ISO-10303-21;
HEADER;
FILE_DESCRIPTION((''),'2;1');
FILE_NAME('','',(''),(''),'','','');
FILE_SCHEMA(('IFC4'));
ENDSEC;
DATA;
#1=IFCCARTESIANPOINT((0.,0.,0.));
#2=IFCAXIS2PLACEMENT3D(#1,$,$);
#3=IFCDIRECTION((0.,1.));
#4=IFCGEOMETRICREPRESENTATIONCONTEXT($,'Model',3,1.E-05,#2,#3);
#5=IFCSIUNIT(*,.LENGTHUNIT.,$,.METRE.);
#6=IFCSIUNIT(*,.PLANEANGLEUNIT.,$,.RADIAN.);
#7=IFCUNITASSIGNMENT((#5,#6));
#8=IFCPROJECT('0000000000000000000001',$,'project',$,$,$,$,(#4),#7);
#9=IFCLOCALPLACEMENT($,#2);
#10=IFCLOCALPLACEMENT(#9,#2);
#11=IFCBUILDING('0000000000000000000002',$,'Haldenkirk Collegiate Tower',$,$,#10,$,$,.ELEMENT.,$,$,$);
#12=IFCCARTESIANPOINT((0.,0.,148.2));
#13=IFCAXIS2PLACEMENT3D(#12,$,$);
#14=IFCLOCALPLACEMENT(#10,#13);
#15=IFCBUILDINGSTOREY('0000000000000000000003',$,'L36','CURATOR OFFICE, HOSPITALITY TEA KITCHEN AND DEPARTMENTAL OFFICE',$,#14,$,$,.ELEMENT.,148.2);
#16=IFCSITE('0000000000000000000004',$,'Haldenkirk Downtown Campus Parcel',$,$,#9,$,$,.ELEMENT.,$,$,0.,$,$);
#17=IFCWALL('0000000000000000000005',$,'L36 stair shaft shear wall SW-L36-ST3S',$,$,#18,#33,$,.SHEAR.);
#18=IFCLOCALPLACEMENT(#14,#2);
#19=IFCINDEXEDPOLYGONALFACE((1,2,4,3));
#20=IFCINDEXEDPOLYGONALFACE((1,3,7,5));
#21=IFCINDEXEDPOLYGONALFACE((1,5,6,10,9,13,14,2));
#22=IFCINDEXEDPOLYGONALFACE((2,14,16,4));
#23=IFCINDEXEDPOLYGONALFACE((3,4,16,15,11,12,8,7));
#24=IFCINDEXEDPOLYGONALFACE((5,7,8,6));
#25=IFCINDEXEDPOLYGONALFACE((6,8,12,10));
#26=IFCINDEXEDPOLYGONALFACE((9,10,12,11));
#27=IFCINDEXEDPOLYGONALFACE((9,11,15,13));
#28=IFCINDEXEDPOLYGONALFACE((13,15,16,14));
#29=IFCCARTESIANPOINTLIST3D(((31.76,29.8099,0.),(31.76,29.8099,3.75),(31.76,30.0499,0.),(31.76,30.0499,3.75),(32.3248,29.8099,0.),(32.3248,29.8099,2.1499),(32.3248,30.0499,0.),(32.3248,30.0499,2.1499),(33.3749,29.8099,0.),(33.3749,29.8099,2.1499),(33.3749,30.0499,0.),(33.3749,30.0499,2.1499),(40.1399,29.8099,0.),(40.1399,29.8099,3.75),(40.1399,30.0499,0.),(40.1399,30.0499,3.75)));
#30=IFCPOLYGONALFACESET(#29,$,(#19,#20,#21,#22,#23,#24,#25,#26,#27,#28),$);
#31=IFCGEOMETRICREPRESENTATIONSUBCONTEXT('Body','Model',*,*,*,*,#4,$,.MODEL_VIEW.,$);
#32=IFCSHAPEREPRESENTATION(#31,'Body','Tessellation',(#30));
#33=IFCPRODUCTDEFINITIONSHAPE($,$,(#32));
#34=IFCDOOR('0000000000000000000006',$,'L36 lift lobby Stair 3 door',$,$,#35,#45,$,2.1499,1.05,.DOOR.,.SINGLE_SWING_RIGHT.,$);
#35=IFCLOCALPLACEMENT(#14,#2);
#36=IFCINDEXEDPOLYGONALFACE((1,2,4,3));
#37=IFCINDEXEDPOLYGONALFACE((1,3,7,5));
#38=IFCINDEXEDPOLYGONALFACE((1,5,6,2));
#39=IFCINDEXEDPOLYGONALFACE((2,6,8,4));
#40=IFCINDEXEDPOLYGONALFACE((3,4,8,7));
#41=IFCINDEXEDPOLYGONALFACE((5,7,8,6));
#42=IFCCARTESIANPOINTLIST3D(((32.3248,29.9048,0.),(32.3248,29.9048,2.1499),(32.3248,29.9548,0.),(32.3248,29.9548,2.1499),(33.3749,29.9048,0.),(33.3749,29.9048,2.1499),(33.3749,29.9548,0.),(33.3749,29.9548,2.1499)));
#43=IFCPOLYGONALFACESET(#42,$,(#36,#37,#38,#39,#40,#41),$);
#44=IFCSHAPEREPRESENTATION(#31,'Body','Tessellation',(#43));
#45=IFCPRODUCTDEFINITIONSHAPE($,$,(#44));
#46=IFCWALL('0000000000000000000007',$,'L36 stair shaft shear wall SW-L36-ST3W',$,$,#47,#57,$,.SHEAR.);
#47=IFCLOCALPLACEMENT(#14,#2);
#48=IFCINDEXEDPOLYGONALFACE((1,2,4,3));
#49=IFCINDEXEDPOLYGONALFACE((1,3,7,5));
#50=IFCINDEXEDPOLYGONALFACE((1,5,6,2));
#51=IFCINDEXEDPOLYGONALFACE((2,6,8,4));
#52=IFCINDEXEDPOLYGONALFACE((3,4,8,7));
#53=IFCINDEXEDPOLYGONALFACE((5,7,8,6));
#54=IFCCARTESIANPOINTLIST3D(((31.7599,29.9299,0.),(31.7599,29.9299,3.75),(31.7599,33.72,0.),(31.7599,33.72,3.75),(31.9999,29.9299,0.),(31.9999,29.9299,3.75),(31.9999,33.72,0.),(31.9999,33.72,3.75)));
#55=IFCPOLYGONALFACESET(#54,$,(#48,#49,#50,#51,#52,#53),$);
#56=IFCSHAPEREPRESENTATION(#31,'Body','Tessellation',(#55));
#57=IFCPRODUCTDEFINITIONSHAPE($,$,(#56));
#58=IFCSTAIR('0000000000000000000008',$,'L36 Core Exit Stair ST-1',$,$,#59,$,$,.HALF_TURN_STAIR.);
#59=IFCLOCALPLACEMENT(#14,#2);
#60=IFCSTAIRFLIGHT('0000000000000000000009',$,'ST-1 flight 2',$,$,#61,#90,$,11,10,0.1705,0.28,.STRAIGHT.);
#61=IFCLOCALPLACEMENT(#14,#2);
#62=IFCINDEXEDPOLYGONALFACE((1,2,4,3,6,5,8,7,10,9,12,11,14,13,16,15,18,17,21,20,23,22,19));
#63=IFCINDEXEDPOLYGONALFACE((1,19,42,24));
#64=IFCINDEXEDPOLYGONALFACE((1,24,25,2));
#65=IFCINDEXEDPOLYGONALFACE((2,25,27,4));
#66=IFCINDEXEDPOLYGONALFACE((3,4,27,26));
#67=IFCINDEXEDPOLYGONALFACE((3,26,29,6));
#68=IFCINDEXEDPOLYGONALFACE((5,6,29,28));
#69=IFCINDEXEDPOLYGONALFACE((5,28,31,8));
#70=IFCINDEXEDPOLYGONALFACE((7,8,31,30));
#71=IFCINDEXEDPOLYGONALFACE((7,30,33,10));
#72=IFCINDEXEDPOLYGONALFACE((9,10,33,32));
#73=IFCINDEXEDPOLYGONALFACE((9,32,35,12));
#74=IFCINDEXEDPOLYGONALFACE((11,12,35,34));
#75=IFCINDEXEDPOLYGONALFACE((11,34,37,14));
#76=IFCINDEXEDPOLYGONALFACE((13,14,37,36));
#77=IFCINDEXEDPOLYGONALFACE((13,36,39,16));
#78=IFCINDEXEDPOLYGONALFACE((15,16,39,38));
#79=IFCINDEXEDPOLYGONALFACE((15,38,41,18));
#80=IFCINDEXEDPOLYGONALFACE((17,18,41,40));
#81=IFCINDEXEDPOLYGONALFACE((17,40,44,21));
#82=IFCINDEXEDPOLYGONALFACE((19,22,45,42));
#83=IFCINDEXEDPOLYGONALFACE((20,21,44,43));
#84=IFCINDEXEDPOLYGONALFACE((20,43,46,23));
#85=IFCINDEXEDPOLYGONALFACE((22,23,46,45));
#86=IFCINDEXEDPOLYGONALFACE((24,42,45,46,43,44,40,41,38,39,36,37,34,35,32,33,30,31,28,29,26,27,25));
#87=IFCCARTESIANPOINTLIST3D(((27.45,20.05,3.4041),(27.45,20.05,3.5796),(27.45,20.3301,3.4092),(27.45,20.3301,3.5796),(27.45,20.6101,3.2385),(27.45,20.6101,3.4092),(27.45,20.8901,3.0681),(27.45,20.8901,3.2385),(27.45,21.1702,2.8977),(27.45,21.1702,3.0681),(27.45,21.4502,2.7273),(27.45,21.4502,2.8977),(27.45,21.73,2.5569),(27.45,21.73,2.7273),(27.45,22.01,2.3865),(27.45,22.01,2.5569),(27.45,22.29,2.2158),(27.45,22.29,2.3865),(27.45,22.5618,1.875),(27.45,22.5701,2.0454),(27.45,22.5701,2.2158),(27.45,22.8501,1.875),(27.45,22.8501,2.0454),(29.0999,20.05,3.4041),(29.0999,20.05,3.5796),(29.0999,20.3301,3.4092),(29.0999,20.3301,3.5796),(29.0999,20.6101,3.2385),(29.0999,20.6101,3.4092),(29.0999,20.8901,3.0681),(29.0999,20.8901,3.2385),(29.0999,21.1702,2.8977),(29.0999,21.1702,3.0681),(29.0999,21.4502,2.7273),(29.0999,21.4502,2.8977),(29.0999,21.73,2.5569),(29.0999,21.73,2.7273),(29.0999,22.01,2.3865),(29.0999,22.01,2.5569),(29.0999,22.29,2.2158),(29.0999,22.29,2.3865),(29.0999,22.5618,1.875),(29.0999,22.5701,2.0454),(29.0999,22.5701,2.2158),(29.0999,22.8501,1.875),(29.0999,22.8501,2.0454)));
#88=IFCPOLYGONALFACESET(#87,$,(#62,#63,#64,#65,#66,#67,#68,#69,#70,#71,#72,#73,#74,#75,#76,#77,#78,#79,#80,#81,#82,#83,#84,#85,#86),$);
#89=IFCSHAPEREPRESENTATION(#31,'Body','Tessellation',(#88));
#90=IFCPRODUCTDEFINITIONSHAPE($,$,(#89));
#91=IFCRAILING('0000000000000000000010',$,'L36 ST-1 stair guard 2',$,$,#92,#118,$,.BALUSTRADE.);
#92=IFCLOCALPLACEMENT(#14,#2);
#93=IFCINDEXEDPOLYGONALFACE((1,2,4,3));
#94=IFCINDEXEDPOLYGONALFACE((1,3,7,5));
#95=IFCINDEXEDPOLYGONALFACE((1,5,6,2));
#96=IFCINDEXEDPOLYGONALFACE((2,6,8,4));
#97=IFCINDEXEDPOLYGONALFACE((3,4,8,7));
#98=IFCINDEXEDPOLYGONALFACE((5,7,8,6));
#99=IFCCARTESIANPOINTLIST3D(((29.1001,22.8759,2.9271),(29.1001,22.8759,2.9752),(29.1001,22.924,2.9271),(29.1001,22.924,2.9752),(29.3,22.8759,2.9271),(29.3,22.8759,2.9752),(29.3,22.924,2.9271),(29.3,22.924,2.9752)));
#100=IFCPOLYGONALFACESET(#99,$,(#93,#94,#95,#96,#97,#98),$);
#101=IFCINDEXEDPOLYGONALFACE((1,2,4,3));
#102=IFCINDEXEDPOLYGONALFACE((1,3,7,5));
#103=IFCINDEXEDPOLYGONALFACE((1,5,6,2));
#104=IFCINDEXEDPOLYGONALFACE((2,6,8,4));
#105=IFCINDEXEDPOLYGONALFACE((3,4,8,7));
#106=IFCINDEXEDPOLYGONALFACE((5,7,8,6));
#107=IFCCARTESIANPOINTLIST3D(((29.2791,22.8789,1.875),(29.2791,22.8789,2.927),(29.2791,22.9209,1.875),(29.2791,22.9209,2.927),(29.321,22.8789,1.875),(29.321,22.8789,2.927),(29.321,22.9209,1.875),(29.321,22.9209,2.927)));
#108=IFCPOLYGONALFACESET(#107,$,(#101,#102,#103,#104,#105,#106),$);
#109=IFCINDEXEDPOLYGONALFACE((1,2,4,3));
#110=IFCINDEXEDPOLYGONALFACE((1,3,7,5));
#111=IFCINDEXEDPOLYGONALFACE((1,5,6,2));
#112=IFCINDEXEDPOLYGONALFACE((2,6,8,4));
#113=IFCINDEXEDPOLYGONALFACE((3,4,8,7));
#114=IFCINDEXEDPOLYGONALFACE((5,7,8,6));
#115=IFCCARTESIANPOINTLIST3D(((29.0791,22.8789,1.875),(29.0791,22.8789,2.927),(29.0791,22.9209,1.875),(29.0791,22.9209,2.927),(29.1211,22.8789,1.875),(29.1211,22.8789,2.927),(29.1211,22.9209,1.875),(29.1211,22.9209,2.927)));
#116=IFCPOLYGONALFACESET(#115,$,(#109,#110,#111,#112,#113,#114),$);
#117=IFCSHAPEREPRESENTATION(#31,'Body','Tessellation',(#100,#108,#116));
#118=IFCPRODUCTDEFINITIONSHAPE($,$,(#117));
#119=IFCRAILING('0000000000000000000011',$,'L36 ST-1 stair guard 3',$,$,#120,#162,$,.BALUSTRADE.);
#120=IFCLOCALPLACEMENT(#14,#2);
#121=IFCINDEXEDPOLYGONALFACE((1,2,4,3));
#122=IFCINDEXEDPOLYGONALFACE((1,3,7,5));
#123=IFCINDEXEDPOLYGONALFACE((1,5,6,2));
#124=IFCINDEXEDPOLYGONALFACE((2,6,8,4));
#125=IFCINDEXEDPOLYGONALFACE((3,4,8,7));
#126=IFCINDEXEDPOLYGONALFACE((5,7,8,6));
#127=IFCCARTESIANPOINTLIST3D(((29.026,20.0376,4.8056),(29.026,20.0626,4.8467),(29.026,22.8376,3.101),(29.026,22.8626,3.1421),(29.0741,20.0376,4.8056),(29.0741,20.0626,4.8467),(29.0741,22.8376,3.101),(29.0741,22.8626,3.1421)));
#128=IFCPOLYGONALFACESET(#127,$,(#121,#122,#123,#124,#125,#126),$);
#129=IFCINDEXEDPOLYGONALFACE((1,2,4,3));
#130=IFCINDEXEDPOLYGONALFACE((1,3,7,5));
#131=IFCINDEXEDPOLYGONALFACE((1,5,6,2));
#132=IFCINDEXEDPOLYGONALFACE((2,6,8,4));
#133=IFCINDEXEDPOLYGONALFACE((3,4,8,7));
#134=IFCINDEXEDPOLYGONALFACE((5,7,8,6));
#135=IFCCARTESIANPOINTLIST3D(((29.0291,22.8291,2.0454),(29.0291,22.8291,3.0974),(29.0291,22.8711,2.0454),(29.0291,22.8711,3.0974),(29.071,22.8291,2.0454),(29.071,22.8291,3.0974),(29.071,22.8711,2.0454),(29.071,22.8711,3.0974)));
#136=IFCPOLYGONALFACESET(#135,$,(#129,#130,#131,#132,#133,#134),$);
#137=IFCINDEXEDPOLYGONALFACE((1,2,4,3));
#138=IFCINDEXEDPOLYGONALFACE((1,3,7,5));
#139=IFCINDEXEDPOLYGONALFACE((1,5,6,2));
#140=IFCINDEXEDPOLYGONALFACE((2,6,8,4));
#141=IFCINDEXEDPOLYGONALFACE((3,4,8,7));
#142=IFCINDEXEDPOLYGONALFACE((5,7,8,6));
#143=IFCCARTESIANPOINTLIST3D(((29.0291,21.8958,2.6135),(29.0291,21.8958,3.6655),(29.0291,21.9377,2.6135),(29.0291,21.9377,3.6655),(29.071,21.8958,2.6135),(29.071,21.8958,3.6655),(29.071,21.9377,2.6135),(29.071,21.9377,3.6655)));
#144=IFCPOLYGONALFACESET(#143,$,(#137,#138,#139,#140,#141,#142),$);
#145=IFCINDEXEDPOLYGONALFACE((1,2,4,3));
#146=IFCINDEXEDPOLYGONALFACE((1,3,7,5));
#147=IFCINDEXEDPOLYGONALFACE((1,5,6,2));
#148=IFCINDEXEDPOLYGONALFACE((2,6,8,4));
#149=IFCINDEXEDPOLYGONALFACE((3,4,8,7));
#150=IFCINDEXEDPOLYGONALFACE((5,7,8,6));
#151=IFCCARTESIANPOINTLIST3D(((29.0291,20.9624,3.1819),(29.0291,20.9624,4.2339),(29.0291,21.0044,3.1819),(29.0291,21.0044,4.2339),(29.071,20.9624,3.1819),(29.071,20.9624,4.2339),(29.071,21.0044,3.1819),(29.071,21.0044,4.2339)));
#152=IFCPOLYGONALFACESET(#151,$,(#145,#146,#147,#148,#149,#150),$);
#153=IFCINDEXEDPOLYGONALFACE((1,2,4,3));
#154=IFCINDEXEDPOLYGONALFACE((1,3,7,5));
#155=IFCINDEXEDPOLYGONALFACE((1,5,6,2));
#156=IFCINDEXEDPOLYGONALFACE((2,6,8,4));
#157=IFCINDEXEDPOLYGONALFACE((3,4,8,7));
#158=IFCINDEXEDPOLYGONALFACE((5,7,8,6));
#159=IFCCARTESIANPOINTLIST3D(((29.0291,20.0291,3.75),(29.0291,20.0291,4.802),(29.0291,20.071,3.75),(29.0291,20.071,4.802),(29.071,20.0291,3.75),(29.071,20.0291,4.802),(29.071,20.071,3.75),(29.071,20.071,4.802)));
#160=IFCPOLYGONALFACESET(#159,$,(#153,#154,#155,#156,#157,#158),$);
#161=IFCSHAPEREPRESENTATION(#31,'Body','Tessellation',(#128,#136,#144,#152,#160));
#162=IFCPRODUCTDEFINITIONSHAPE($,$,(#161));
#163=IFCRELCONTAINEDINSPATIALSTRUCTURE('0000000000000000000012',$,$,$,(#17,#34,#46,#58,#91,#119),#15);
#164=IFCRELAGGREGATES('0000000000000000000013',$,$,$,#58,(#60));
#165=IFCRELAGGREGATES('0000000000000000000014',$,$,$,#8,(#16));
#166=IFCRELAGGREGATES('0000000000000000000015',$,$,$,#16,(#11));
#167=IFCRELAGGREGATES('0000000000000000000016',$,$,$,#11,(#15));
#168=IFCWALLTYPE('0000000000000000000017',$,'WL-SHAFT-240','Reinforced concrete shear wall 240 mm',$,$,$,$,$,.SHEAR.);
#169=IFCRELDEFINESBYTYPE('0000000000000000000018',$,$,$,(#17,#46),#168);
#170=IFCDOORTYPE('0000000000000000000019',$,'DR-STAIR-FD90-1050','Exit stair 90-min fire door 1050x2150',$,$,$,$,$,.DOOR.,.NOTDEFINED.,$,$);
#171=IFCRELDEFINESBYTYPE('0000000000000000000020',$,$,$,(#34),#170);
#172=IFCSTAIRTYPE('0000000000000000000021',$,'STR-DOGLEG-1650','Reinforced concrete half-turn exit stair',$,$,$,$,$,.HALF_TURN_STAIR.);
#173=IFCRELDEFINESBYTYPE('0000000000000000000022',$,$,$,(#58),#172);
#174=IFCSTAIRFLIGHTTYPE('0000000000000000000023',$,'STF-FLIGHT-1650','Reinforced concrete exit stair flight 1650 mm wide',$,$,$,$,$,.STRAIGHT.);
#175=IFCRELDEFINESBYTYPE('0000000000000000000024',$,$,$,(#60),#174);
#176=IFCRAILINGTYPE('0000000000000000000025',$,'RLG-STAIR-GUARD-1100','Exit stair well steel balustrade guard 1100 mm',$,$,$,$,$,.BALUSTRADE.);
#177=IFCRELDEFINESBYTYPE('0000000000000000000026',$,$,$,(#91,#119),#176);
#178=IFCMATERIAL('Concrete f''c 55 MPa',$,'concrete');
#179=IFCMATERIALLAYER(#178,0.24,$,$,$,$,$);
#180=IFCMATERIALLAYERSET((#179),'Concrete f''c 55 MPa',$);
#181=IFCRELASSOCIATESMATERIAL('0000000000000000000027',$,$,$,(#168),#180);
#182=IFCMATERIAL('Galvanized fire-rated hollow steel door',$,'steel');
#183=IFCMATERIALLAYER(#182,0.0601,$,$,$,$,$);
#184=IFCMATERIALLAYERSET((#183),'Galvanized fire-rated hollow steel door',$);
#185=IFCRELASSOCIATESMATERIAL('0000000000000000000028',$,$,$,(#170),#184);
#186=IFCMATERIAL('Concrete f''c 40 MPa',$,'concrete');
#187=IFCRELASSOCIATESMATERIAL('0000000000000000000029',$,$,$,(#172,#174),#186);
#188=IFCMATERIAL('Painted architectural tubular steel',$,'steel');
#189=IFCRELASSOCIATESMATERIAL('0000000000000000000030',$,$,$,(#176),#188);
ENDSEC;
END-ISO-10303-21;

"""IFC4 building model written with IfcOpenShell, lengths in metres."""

from ifc_helpers import new_model, si_unit, direction, frame, frame_2d, origin, origin_2d, place, context, subcontext, project, spatial, polyline, rectangle, outline, extrude, material, layer, layer_set, type_object, element, fill, aggregate, save


model = new_model("IFC4")

# Units and contexts
model_context = context("Model", 3, precision=1e-05, world=origin(), true_north=direction((0.0, 1.0)))
body_context = subcontext(model_context, "Body", "Model", "MODEL_VIEW")
ifc_project = project(units=[si_unit("LENGTHUNIT", "METRE"), si_unit("PLANEANGLEUNIT", "RADIAN")], contexts=[model_context])

# Site, building, storey
site_placement = place(None, origin())
site = spatial("IfcSite", under=ifc_project, at=site_placement, Name="Haldenkirk Downtown Campus Parcel", CompositionType="ELEMENT", RefElevation=0.0)
building_placement = place(site_placement, origin())
building = spatial("IfcBuilding", under=site, at=building_placement, Name="Haldenkirk Collegiate Tower", CompositionType="ELEMENT")
storey_placement = place(building_placement, frame((0.0, 0.0, 148.2)))
storey = spatial("IfcBuildingStorey", under=building, at=storey_placement, Name="L36", Description="CURATOR OFFICE, HOSPITALITY TEA KITCHEN AND DEPARTMENTAL OFFICE", CompositionType="ELEMENT", Elevation=148.2)

# Shared definitions
ifc_material_1 = material(Name="Concrete f'c 55 MPa", Category="concrete")

# Shared definitions
ifc_material_2 = material(Name="Galvanized fire-rated hollow steel door", Category="steel")

# Shared definitions
ifc_layer_1 = layer(ifc_material_1, 0.24)
ifc_layer_set_1 = layer_set([ifc_layer_1], Name="Concrete f'c 55 MPa")
wall_type_1 = type_object("IfcWallType", Name="WL-SHAFT-240", Description="Reinforced concrete shear wall 240 mm", PredefinedType="SHEAR", material=ifc_layer_set_1)

# Wall, opening, door
wall_1_placement = place(storey_placement, frame((31.76, 29.9299, 0.0), z_axis=(0.0, 0.0, 1.0), x_axis=(1.0, 0.0, 0.0)))
wall_1 = element("IfcWall", 1, at=wall_1_placement, inside=storey, type_object=wall_type_1, Name="L36 stair shaft shear wall SW-L36-ST3S", PredefinedType="SHEAR", context=body_context, shape_type="SweptSolid", body=[
    extrude(rectangle(XDim=8.3799, YDim=0.24, at=frame_2d((4.1899, 0.0))), origin(), (0.0, 0.0, 1.0), 3.75),
])
opening_1_placement = place(wall_1_placement, frame((0.5649, 0.0, 0.0)))
opening_1 = element("IfcOpeningElement", 2, at=opening_1_placement, cuts=wall_1, PredefinedType="OPENING", context=body_context, shape_type="SweptSolid", body=[
    extrude(rectangle(XDim=1.05, YDim=2.1499, at=frame_2d((0.5249, 1.075))), frame((0.0, 0.1299, 0.0), z_axis=(0.0, -1.0, 0.0), x_axis=(1.0, 0.0, 0.0)), (0.0, 0.0, 1.0), 0.26),
])
ifc_layer_2 = layer(ifc_material_2, 0.0601)
ifc_layer_set_2 = layer_set([ifc_layer_2], Name="Galvanized fire-rated hollow steel door")
door_type_1 = type_object("IfcDoorType", Name="DR-STAIR-FD90-1050", Description="Exit stair 90-min fire door 1050x2150", OperationType="NOTDEFINED", PredefinedType="DOOR", material=ifc_layer_set_2)
door_1_placement = place(opening_1_placement, origin())
door_1 = element("IfcDoor", 3, at=door_1_placement, inside=storey, type_object=door_type_1, Name="L36 lift lobby Stair 3 door", OperationType="SINGLE_SWING_RIGHT", OverallHeight=2.1499, OverallWidth=1.05, PredefinedType="DOOR", context=body_context, shape_type="SweptSolid", body=[
    extrude(rectangle(XDim=1.05, YDim=2.1499, at=frame_2d((0.5249, 1.075))), frame((0.0, 0.0249, 0.0), z_axis=(0.0, -1.0, 0.0), x_axis=(1.0, 0.0, 0.0)), (0.0, 0.0, 1.0), 0.05),
])
fill(opening_1, door_1)

# Wall
wall_2_placement = place(storey_placement, frame((31.8799, 29.9299, 0.0), z_axis=(0.0, 0.0, 1.0), x_axis=(0.0, 1.0, 0.0)))
element("IfcWall", 4, at=wall_2_placement, inside=storey, type_object=wall_type_1, Name="L36 stair shaft shear wall SW-L36-ST3W", PredefinedType="SHEAR", context=body_context, shape_type="SweptSolid", body=[
    extrude(rectangle(XDim=3.79, YDim=0.24, at=frame_2d((1.895, 0.0))), origin(), (0.0, 0.0, 1.0), 3.75),
])

# Stair, stair flight
ifc_material_3 = material(Name="Concrete f'c 40 MPa", Category="concrete")
stair_type = type_object("IfcStairType", Name="STR-DOGLEG-1650", Description="Reinforced concrete half-turn exit stair", PredefinedType="HALF_TURN_STAIR", material=ifc_material_3)
stair_placement = place(storey_placement, origin())
stair = element("IfcStair", 5, at=stair_placement, inside=storey, type_object=stair_type, Name="L36 Core Exit Stair ST-1", PredefinedType="HALF_TURN_STAIR")
stair_flight_type = type_object("IfcStairFlightType", Name="STF-FLIGHT-1650", Description="Reinforced concrete exit stair flight 1650 mm wide", PredefinedType="STRAIGHT", material=ifc_material_3)
stair_flight_placement = place(storey_placement, frame((28.2749, 22.8501, 1.875), z_axis=(0.0, 0.0, 1.0), x_axis=(0.0, -1.0, 0.0)))
stair_flight = element("IfcStairFlight", 6, at=stair_flight_placement, type_object=stair_flight_type, Name="ST-1 flight 2", NumberOfRisers=11, NumberOfTreads=10, PredefinedType="STRAIGHT", RiserHeight=0.1705, TreadLength=0.28, context=body_context, shape_type="SweptSolid", body=[
    extrude(outline(polyline([(0.0, 0.0), (0.0, 0.1704), (0.28, 0.1704), (0.28, 0.3408), (0.5601, 0.3408), (0.5601, 0.5115), (0.8401, 0.5115), (0.8401, 0.6819), (1.1201, 0.6819), (1.1201, 0.8523), (1.3999, 0.8523), (1.3999, 1.0227), (1.6799, 1.0227), (1.6799, 1.1931), (1.96, 1.1931), (1.96, 1.3635), (2.24, 1.3635), (2.24, 1.5342), (2.52, 1.5342), (2.52, 1.7046), (2.8, 1.7046), (2.8, 1.875), (2.8, 1.5291), (0.2883, 0.0), (0.0, 0.0)])), frame((0.0, 0.825, 0.0), z_axis=(0.0, -1.0, 0.0), x_axis=(1.0, 0.0, 0.0)), (0.0, 0.0, 1.0), 1.6499),
])
aggregate(stair, [stair_flight])

# Railings
ifc_material_4 = material(Name="Painted architectural tubular steel", Category="steel")
railing_type_1 = type_object("IfcRailingType", Name="RLG-STAIR-GUARD-1100", Description="Exit stair well steel balustrade guard 1100 mm", PredefinedType="BALUSTRADE", material=ifc_material_4)
railing_1_placement = place(storey_placement, frame((29.3, 22.8999, 1.875)))
element("IfcRailing", 7, at=railing_1_placement, inside=storey, type_object=railing_type_1, Name="L36 ST-1 stair guard 2", PredefinedType="BALUSTRADE", context=body_context, shape_type="SweptSolid", body=[
    extrude(rectangle(XDim=0.0481, YDim=0.0481, at=origin_2d()), frame((0.0, 0.0, 1.0762), z_axis=(-1.0, 0.0, 0.0), x_axis=(0.0, -1.0, 0.0)), (0.0, 0.0, 1.0), 0.2),
    extrude(rectangle(XDim=0.042, YDim=0.042, at=origin_2d()), origin(), (0.0, 0.0, 1.0), 1.052),
    extrude(rectangle(XDim=0.042, YDim=0.042, at=origin_2d()), frame((-0.2, 0.0, 0.0)), (0.0, 0.0, 1.0), 1.052),
])
railing_2_placement = place(storey_placement, frame((29.05, 22.8501, 2.0454)))
element("IfcRailing", 8, at=railing_2_placement, inside=storey, type_object=railing_type_1, Name="L36 ST-1 stair guard 3", PredefinedType="BALUSTRADE", context=body_context, shape_type="SweptSolid", body=[
    extrude(rectangle(XDim=0.0481, YDim=0.0481, at=origin_2d()), frame((0.0, 0.0, 1.0762), z_axis=(0.0, -0.85417, 0.519994), x_axis=(1.0, 0.0, 0.0)), (0.0, 0.0, 1.0), 3.2781),
    extrude(rectangle(XDim=0.042, YDim=0.042, at=origin_2d()), origin(), (0.0, 0.0, 1.0), 1.052),
    extrude(rectangle(XDim=0.042, YDim=0.042, at=origin_2d()), frame((0.0, -0.9333, 0.5681)), (0.0, 0.0, 1.0), 1.052),
    extrude(rectangle(XDim=0.042, YDim=0.042, at=origin_2d()), frame((0.0, -1.8667, 1.1365)), (0.0, 0.0, 1.0), 1.052),
    extrude(rectangle(XDim=0.042, YDim=0.042, at=origin_2d()), frame((0.0, -2.8, 1.7046)), (0.0, 0.0, 1.0), 1.052),
])

save(model, "model.ifc")
